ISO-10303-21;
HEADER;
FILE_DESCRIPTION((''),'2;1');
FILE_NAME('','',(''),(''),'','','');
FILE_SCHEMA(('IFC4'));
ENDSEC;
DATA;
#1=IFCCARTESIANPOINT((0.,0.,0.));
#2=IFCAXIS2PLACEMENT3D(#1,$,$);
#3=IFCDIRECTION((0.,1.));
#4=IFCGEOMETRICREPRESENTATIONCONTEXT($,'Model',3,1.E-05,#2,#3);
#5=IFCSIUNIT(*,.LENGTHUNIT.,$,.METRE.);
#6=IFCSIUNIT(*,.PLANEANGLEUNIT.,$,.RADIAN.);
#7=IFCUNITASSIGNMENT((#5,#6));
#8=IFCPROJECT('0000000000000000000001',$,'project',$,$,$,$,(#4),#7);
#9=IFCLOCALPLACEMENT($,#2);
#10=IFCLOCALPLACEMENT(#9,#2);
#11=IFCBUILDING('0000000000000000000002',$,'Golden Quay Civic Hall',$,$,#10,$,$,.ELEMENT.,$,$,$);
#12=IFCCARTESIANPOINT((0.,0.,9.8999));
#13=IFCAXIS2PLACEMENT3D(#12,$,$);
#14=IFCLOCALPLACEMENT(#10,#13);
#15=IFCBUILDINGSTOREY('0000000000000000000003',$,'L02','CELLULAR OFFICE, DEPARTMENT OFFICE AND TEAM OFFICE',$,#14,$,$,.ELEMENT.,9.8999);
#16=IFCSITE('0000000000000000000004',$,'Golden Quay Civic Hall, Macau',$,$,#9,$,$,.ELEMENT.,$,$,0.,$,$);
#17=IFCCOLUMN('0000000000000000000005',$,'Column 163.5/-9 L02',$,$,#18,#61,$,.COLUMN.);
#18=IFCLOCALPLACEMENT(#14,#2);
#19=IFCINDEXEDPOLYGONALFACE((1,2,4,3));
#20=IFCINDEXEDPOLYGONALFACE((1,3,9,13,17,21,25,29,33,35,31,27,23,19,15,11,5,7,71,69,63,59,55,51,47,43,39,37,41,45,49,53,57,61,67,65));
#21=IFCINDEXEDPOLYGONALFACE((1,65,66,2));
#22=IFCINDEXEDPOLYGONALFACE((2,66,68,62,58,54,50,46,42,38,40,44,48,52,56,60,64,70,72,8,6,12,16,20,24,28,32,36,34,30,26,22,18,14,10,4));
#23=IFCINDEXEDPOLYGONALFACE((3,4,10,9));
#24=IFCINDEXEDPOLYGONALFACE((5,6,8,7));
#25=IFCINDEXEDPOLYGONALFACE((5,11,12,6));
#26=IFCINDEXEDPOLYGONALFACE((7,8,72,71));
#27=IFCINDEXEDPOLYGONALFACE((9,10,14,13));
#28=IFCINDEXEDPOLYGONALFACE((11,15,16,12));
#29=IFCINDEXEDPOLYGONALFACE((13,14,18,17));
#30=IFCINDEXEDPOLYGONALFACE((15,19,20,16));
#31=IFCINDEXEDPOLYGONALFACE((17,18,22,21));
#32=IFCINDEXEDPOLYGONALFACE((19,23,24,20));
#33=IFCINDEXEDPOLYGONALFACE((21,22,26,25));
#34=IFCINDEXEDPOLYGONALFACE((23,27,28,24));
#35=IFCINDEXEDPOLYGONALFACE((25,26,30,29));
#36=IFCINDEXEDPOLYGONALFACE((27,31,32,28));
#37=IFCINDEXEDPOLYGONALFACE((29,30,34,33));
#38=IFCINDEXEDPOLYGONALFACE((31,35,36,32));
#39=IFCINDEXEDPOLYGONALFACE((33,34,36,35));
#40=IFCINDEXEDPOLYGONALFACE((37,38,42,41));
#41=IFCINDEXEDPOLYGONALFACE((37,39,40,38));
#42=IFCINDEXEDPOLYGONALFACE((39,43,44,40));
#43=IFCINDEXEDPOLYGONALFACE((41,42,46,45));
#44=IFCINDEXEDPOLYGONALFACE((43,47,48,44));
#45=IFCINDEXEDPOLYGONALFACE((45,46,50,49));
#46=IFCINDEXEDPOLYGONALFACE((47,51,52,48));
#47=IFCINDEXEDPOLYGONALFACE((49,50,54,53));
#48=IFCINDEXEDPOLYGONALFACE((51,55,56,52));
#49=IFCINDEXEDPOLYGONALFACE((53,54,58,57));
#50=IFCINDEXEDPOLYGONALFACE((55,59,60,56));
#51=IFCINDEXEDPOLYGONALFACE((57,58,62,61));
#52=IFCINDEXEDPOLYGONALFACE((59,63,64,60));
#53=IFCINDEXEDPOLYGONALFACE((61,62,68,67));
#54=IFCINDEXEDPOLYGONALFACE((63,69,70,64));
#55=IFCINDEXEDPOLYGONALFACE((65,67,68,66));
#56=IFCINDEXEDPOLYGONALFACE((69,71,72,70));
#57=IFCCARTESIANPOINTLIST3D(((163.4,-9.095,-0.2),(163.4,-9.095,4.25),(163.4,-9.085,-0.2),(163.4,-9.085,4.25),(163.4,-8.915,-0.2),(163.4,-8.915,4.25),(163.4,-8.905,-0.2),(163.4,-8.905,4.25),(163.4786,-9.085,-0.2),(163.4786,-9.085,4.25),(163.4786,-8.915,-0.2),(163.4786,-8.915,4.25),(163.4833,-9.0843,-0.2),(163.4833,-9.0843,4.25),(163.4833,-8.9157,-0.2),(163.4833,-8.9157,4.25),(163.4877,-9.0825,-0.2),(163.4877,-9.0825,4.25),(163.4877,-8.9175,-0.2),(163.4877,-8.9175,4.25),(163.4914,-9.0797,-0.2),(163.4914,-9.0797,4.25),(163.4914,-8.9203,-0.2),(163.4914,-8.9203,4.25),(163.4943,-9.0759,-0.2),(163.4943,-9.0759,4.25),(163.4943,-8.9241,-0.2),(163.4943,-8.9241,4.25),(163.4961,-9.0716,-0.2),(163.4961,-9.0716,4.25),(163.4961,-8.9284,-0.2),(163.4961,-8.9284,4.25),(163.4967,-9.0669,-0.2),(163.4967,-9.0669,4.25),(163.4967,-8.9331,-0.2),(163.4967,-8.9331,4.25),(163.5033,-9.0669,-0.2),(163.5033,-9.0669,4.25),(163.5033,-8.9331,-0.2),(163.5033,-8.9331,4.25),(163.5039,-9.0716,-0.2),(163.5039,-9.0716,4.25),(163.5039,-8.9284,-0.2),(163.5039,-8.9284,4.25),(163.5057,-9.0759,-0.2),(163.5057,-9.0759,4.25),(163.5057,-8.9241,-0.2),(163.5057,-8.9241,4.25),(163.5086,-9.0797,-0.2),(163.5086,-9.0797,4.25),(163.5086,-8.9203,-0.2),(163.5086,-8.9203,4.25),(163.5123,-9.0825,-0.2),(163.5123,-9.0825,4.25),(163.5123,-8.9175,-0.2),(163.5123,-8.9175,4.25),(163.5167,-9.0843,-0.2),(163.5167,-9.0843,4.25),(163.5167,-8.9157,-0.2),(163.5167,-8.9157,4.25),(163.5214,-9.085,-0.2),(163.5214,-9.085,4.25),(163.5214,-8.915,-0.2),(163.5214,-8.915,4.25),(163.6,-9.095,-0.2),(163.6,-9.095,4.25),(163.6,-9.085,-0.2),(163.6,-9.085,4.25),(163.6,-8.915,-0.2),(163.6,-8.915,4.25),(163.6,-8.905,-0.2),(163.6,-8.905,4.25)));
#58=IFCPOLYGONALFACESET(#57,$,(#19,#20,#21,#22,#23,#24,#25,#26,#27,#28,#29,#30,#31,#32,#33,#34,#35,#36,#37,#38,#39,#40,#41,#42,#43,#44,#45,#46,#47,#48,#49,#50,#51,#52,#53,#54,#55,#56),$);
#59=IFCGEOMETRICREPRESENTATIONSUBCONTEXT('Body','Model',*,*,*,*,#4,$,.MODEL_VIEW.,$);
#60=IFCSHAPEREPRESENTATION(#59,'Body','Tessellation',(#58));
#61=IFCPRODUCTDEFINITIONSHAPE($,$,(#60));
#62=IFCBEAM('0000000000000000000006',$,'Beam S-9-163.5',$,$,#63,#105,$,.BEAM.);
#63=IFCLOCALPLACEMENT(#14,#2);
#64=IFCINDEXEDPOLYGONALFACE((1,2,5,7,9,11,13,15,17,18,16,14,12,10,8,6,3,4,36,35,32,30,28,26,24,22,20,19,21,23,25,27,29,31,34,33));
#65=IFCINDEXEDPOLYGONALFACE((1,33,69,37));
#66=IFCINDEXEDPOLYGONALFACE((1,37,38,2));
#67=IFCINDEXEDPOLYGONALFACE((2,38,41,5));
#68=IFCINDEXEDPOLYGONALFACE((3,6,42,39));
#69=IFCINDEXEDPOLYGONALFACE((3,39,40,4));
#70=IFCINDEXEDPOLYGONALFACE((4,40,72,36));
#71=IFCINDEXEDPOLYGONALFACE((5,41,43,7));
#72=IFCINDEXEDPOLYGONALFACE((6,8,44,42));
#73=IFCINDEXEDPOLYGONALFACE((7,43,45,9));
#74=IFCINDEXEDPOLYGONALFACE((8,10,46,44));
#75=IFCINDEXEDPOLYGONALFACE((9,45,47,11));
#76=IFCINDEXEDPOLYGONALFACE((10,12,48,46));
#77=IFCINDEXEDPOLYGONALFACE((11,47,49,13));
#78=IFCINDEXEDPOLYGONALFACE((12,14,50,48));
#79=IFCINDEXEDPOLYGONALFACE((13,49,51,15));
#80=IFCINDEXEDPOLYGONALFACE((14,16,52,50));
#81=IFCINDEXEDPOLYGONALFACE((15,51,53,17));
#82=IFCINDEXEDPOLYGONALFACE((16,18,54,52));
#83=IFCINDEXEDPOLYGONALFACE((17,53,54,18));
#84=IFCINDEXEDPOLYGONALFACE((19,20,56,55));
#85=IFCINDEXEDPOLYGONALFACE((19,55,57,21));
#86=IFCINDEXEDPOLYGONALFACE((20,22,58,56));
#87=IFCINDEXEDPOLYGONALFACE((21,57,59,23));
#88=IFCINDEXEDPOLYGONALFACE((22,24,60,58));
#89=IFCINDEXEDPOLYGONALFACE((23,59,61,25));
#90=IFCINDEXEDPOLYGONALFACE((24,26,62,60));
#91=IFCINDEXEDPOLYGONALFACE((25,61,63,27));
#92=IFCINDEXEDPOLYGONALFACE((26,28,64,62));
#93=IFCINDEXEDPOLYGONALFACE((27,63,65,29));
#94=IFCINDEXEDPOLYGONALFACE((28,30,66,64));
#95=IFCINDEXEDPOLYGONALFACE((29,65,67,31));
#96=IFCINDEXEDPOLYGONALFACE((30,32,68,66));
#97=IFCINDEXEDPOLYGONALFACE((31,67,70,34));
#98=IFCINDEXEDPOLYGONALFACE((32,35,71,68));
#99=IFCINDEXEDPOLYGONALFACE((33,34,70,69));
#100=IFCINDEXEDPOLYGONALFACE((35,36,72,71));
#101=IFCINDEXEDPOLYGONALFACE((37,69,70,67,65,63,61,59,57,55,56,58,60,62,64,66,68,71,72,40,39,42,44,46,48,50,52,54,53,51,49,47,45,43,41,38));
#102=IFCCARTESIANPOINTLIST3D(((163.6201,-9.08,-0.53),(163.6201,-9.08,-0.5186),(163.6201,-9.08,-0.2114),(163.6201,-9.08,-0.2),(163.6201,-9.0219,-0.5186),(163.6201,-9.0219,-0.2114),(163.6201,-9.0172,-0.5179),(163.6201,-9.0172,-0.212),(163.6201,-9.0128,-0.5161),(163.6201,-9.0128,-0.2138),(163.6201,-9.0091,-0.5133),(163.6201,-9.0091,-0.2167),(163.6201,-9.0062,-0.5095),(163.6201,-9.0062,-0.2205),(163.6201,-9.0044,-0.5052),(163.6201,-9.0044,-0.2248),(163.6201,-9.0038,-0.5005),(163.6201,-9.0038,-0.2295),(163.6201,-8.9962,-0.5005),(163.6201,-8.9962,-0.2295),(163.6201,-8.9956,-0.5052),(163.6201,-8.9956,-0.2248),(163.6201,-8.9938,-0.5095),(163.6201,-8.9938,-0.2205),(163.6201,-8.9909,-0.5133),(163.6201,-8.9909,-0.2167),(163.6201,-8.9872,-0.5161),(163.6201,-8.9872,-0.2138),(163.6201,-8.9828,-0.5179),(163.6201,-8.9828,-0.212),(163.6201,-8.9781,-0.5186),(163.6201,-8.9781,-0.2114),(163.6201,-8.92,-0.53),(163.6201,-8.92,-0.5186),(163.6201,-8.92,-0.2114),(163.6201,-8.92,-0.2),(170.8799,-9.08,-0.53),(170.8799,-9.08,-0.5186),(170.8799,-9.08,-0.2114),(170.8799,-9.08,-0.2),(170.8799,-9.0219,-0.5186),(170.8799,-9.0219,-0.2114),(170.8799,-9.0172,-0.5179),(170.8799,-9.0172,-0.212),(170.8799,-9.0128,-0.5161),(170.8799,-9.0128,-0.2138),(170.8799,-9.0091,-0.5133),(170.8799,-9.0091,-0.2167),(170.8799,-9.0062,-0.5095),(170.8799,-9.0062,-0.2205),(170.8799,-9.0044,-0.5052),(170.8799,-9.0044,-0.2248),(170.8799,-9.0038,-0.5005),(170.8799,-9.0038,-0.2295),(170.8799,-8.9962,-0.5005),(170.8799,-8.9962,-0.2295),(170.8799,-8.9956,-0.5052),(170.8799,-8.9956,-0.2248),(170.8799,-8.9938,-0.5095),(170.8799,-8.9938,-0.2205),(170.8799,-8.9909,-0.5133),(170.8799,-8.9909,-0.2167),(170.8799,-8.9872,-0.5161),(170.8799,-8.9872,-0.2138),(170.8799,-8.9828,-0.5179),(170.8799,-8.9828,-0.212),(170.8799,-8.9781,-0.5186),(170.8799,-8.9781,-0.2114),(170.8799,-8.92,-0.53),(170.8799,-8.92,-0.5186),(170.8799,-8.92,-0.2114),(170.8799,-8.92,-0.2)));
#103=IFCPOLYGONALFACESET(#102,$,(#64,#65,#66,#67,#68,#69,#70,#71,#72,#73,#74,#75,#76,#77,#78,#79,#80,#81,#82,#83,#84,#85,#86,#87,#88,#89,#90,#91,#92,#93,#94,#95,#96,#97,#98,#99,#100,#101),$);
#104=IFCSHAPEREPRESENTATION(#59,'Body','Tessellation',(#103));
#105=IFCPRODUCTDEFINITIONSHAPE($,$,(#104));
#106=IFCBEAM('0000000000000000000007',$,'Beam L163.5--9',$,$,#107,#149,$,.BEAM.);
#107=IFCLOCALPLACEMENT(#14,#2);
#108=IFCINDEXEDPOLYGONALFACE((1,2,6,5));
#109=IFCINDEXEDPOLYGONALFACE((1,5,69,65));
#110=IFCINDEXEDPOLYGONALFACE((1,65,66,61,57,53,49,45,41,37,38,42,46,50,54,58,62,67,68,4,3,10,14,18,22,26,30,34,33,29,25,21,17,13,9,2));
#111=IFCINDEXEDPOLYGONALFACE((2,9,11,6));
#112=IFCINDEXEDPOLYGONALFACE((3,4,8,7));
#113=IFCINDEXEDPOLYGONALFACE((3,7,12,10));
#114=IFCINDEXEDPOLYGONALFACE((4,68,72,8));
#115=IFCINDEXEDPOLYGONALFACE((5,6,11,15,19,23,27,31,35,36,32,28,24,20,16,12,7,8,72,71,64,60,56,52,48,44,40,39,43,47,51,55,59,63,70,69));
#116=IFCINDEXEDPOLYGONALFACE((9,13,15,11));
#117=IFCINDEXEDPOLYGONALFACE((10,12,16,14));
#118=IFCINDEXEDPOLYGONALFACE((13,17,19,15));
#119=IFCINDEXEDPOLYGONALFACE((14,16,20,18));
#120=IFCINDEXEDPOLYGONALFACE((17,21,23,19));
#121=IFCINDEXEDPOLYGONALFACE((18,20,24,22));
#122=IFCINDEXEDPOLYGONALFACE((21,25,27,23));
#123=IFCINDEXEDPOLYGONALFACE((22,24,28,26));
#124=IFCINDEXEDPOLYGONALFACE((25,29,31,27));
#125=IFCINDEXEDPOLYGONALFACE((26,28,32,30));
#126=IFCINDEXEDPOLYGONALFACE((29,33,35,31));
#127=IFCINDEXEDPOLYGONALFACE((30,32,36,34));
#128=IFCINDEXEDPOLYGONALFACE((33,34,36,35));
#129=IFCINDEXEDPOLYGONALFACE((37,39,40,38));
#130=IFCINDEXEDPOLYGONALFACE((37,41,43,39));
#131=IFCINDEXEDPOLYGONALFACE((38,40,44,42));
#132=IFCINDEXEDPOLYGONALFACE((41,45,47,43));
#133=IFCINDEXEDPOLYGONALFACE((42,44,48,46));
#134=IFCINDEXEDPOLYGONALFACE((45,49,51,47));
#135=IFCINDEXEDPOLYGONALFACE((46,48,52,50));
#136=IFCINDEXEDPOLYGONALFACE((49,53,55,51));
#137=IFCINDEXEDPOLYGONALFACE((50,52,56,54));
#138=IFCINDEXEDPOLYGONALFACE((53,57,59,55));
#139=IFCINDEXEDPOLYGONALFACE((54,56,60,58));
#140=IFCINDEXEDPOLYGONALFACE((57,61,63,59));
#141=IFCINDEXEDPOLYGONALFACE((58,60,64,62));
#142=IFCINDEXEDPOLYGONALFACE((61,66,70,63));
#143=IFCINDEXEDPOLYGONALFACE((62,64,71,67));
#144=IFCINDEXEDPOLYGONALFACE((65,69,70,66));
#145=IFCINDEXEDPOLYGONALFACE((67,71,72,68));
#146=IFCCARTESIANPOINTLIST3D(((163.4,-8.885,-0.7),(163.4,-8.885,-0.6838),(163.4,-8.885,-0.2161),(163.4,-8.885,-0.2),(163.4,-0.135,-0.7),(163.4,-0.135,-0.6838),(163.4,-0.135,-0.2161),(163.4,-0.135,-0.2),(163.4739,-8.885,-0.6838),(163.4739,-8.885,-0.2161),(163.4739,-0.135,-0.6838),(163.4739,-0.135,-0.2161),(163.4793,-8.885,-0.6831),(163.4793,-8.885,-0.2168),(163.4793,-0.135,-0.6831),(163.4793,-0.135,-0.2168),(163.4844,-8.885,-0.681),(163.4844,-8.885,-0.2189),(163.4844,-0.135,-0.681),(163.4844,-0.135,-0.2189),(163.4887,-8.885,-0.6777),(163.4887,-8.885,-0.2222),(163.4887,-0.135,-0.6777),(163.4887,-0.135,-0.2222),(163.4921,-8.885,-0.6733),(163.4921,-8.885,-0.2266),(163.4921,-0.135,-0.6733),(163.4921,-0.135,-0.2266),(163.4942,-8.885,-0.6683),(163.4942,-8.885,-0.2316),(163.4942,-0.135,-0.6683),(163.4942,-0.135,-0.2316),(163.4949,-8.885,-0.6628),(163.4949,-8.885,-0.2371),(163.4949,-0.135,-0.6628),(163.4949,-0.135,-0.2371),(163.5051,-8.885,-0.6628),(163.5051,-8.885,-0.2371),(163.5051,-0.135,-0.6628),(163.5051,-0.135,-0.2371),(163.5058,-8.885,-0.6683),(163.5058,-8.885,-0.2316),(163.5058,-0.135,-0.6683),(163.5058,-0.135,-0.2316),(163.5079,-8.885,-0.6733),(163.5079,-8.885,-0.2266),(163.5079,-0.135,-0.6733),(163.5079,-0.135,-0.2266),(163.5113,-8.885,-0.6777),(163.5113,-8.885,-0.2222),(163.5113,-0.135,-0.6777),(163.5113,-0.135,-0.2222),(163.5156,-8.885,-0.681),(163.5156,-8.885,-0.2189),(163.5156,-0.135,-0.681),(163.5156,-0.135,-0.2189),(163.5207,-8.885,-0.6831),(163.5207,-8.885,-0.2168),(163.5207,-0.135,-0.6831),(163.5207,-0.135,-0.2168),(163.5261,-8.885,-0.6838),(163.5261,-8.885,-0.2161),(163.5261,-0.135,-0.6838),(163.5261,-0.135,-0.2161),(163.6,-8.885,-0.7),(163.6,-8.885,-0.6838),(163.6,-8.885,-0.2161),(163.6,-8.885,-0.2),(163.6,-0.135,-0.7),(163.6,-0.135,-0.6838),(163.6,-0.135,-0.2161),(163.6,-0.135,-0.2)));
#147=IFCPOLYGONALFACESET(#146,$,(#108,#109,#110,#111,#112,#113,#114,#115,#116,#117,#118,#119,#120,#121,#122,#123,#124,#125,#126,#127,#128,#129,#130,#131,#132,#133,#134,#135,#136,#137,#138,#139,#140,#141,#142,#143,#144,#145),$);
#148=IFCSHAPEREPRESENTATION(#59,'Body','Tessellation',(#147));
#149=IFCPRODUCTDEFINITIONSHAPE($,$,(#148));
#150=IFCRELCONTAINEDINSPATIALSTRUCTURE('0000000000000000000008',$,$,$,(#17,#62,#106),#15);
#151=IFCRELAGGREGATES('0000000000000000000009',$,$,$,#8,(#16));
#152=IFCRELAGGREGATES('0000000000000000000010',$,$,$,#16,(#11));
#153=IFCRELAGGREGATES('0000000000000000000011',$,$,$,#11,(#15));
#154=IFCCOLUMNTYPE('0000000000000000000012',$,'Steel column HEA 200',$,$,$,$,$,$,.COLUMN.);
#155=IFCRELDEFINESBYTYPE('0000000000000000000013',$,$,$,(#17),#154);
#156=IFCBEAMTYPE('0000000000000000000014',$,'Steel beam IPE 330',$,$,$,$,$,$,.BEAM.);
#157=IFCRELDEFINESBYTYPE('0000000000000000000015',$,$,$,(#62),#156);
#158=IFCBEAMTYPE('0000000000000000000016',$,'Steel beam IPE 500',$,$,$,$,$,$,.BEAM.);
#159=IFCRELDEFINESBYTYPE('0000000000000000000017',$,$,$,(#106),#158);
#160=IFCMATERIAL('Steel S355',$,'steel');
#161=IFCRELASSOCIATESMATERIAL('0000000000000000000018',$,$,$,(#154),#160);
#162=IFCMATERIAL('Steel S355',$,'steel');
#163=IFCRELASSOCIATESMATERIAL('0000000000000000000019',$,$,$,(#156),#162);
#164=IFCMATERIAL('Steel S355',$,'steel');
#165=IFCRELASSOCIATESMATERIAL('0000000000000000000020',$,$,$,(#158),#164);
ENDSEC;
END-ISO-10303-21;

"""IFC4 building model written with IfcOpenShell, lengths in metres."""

from ifc_helpers import new_model, si_unit, direction, frame, origin, origin_2d, place, context, subcontext, project, spatial, i_section, extrude, material, material_profile, profile_set, type_object, element, save


model = new_model("IFC4")

# Units and contexts
model_context = context("Model", 3, precision=1e-05, world=origin(), true_north=direction((0.0, 1.0)))
body_context = subcontext(model_context, "Body", "Model", "MODEL_VIEW")
ifc_project = project(units=[si_unit("LENGTHUNIT", "METRE"), si_unit("PLANEANGLEUNIT", "RADIAN")], contexts=[model_context])

# Site, building, storey
site_placement = place(None, origin())
site = spatial("IfcSite", under=ifc_project, at=site_placement, Name="Golden Quay Civic Hall, Macau", CompositionType="ELEMENT", RefElevation=0.0)
building_placement = place(site_placement, origin())
building = spatial("IfcBuilding", under=site, at=building_placement, Name="Golden Quay Civic Hall", CompositionType="ELEMENT")
storey_placement = place(building_placement, frame((0.0, 0.0, 9.8999)))
storey = spatial("IfcBuildingStorey", under=building, at=storey_placement, Name="L02", Description="CELLULAR OFFICE, DEPARTMENT OFFICE AND TEAM OFFICE", CompositionType="ELEMENT", Elevation=9.8999)

# Column
ifc_material_1 = material(Name="Steel S355", Category="steel")
ifc_material_profile_1 = material_profile(ifc_material_1, i_section(OverallWidth=0.2, OverallDepth=0.1899, WebThickness=0.0066, FlangeThickness=0.01, FilletRadius=0.0181, at=origin_2d()), Name="HEA 200")
ifc_profile_set_1 = profile_set([ifc_material_profile_1], Name="Steel S355")
column_type = type_object("IfcColumnType", Name="Steel column HEA 200", PredefinedType="COLUMN", material=ifc_profile_set_1)
column_placement = place(storey_placement, frame((163.5, -9.0, -0.2), z_axis=(0.0, 0.0, 1.0), x_axis=(1.0, 0.0, 0.0)))
element("IfcColumn", 1, at=column_placement, inside=storey, type_object=column_type, Name="Column 163.5/-9 L02", PredefinedType="COLUMN", context=body_context, shape_type="SweptSolid", body=[
    extrude(i_section(OverallWidth=0.2, OverallDepth=0.1899, WebThickness=0.0066, FlangeThickness=0.01, FilletRadius=0.0181, at=origin_2d()), origin(), (0.0, 0.0, 1.0), 4.45),
])

# Beams
ifc_material_2 = material(Name="Steel S355", Category="steel")
ifc_material_profile_2 = material_profile(ifc_material_2, i_section(OverallWidth=0.1599, OverallDepth=0.3301, WebThickness=0.0076, FlangeThickness=0.0115, FilletRadius=0.0181, at=origin_2d()), Name="IPE 330")
ifc_profile_set_2 = profile_set([ifc_material_profile_2], Name="Steel S355")
beam_type_1 = type_object("IfcBeamType", Name="Steel beam IPE 330", PredefinedType="BEAM", material=ifc_profile_set_2)
beam_1_placement = place(storey_placement, frame((163.6201, -9.0, -0.365), z_axis=(1.0, 0.0, 0.0), x_axis=(0.0, 1.0, 0.0)))
element("IfcBeam", 2, at=beam_1_placement, inside=storey, type_object=beam_type_1, Name="Beam S-9-163.5", PredefinedType="BEAM", context=body_context, shape_type="SweptSolid", body=[
    extrude(i_section(OverallWidth=0.1599, OverallDepth=0.3301, WebThickness=0.0076, FlangeThickness=0.0115, FilletRadius=0.0181, at=origin_2d()), origin(), (0.0, 0.0, 1.0), 7.2598),
])
ifc_material_3 = material(Name="Steel S355", Category="steel")
ifc_material_profile_3 = material_profile(ifc_material_3, i_section(OverallWidth=0.2, OverallDepth=0.5, WebThickness=0.0103, FlangeThickness=0.0161, FilletRadius=0.021, at=origin_2d()), Name="IPE 500")
ifc_profile_set_3 = profile_set([ifc_material_profile_3], Name="Steel S355")
beam_type_2 = type_object("IfcBeamType", Name="Steel beam IPE 500", PredefinedType="BEAM", material=ifc_profile_set_3)
beam_2_placement = place(storey_placement, frame((163.5, -8.885, -0.45), z_axis=(0.0, 1.0, 0.0), x_axis=(-1.0, 0.0, 0.0)))
element("IfcBeam", 3, at=beam_2_placement, inside=storey, type_object=beam_type_2, Name="Beam L163.5--9", PredefinedType="BEAM", context=body_context, shape_type="SweptSolid", body=[
    extrude(i_section(OverallWidth=0.2, OverallDepth=0.5, WebThickness=0.0103, FlangeThickness=0.0161, FilletRadius=0.021, at=origin_2d()), origin(), (0.0, 0.0, 1.0), 8.75),
])

save(model, "model.ifc")
